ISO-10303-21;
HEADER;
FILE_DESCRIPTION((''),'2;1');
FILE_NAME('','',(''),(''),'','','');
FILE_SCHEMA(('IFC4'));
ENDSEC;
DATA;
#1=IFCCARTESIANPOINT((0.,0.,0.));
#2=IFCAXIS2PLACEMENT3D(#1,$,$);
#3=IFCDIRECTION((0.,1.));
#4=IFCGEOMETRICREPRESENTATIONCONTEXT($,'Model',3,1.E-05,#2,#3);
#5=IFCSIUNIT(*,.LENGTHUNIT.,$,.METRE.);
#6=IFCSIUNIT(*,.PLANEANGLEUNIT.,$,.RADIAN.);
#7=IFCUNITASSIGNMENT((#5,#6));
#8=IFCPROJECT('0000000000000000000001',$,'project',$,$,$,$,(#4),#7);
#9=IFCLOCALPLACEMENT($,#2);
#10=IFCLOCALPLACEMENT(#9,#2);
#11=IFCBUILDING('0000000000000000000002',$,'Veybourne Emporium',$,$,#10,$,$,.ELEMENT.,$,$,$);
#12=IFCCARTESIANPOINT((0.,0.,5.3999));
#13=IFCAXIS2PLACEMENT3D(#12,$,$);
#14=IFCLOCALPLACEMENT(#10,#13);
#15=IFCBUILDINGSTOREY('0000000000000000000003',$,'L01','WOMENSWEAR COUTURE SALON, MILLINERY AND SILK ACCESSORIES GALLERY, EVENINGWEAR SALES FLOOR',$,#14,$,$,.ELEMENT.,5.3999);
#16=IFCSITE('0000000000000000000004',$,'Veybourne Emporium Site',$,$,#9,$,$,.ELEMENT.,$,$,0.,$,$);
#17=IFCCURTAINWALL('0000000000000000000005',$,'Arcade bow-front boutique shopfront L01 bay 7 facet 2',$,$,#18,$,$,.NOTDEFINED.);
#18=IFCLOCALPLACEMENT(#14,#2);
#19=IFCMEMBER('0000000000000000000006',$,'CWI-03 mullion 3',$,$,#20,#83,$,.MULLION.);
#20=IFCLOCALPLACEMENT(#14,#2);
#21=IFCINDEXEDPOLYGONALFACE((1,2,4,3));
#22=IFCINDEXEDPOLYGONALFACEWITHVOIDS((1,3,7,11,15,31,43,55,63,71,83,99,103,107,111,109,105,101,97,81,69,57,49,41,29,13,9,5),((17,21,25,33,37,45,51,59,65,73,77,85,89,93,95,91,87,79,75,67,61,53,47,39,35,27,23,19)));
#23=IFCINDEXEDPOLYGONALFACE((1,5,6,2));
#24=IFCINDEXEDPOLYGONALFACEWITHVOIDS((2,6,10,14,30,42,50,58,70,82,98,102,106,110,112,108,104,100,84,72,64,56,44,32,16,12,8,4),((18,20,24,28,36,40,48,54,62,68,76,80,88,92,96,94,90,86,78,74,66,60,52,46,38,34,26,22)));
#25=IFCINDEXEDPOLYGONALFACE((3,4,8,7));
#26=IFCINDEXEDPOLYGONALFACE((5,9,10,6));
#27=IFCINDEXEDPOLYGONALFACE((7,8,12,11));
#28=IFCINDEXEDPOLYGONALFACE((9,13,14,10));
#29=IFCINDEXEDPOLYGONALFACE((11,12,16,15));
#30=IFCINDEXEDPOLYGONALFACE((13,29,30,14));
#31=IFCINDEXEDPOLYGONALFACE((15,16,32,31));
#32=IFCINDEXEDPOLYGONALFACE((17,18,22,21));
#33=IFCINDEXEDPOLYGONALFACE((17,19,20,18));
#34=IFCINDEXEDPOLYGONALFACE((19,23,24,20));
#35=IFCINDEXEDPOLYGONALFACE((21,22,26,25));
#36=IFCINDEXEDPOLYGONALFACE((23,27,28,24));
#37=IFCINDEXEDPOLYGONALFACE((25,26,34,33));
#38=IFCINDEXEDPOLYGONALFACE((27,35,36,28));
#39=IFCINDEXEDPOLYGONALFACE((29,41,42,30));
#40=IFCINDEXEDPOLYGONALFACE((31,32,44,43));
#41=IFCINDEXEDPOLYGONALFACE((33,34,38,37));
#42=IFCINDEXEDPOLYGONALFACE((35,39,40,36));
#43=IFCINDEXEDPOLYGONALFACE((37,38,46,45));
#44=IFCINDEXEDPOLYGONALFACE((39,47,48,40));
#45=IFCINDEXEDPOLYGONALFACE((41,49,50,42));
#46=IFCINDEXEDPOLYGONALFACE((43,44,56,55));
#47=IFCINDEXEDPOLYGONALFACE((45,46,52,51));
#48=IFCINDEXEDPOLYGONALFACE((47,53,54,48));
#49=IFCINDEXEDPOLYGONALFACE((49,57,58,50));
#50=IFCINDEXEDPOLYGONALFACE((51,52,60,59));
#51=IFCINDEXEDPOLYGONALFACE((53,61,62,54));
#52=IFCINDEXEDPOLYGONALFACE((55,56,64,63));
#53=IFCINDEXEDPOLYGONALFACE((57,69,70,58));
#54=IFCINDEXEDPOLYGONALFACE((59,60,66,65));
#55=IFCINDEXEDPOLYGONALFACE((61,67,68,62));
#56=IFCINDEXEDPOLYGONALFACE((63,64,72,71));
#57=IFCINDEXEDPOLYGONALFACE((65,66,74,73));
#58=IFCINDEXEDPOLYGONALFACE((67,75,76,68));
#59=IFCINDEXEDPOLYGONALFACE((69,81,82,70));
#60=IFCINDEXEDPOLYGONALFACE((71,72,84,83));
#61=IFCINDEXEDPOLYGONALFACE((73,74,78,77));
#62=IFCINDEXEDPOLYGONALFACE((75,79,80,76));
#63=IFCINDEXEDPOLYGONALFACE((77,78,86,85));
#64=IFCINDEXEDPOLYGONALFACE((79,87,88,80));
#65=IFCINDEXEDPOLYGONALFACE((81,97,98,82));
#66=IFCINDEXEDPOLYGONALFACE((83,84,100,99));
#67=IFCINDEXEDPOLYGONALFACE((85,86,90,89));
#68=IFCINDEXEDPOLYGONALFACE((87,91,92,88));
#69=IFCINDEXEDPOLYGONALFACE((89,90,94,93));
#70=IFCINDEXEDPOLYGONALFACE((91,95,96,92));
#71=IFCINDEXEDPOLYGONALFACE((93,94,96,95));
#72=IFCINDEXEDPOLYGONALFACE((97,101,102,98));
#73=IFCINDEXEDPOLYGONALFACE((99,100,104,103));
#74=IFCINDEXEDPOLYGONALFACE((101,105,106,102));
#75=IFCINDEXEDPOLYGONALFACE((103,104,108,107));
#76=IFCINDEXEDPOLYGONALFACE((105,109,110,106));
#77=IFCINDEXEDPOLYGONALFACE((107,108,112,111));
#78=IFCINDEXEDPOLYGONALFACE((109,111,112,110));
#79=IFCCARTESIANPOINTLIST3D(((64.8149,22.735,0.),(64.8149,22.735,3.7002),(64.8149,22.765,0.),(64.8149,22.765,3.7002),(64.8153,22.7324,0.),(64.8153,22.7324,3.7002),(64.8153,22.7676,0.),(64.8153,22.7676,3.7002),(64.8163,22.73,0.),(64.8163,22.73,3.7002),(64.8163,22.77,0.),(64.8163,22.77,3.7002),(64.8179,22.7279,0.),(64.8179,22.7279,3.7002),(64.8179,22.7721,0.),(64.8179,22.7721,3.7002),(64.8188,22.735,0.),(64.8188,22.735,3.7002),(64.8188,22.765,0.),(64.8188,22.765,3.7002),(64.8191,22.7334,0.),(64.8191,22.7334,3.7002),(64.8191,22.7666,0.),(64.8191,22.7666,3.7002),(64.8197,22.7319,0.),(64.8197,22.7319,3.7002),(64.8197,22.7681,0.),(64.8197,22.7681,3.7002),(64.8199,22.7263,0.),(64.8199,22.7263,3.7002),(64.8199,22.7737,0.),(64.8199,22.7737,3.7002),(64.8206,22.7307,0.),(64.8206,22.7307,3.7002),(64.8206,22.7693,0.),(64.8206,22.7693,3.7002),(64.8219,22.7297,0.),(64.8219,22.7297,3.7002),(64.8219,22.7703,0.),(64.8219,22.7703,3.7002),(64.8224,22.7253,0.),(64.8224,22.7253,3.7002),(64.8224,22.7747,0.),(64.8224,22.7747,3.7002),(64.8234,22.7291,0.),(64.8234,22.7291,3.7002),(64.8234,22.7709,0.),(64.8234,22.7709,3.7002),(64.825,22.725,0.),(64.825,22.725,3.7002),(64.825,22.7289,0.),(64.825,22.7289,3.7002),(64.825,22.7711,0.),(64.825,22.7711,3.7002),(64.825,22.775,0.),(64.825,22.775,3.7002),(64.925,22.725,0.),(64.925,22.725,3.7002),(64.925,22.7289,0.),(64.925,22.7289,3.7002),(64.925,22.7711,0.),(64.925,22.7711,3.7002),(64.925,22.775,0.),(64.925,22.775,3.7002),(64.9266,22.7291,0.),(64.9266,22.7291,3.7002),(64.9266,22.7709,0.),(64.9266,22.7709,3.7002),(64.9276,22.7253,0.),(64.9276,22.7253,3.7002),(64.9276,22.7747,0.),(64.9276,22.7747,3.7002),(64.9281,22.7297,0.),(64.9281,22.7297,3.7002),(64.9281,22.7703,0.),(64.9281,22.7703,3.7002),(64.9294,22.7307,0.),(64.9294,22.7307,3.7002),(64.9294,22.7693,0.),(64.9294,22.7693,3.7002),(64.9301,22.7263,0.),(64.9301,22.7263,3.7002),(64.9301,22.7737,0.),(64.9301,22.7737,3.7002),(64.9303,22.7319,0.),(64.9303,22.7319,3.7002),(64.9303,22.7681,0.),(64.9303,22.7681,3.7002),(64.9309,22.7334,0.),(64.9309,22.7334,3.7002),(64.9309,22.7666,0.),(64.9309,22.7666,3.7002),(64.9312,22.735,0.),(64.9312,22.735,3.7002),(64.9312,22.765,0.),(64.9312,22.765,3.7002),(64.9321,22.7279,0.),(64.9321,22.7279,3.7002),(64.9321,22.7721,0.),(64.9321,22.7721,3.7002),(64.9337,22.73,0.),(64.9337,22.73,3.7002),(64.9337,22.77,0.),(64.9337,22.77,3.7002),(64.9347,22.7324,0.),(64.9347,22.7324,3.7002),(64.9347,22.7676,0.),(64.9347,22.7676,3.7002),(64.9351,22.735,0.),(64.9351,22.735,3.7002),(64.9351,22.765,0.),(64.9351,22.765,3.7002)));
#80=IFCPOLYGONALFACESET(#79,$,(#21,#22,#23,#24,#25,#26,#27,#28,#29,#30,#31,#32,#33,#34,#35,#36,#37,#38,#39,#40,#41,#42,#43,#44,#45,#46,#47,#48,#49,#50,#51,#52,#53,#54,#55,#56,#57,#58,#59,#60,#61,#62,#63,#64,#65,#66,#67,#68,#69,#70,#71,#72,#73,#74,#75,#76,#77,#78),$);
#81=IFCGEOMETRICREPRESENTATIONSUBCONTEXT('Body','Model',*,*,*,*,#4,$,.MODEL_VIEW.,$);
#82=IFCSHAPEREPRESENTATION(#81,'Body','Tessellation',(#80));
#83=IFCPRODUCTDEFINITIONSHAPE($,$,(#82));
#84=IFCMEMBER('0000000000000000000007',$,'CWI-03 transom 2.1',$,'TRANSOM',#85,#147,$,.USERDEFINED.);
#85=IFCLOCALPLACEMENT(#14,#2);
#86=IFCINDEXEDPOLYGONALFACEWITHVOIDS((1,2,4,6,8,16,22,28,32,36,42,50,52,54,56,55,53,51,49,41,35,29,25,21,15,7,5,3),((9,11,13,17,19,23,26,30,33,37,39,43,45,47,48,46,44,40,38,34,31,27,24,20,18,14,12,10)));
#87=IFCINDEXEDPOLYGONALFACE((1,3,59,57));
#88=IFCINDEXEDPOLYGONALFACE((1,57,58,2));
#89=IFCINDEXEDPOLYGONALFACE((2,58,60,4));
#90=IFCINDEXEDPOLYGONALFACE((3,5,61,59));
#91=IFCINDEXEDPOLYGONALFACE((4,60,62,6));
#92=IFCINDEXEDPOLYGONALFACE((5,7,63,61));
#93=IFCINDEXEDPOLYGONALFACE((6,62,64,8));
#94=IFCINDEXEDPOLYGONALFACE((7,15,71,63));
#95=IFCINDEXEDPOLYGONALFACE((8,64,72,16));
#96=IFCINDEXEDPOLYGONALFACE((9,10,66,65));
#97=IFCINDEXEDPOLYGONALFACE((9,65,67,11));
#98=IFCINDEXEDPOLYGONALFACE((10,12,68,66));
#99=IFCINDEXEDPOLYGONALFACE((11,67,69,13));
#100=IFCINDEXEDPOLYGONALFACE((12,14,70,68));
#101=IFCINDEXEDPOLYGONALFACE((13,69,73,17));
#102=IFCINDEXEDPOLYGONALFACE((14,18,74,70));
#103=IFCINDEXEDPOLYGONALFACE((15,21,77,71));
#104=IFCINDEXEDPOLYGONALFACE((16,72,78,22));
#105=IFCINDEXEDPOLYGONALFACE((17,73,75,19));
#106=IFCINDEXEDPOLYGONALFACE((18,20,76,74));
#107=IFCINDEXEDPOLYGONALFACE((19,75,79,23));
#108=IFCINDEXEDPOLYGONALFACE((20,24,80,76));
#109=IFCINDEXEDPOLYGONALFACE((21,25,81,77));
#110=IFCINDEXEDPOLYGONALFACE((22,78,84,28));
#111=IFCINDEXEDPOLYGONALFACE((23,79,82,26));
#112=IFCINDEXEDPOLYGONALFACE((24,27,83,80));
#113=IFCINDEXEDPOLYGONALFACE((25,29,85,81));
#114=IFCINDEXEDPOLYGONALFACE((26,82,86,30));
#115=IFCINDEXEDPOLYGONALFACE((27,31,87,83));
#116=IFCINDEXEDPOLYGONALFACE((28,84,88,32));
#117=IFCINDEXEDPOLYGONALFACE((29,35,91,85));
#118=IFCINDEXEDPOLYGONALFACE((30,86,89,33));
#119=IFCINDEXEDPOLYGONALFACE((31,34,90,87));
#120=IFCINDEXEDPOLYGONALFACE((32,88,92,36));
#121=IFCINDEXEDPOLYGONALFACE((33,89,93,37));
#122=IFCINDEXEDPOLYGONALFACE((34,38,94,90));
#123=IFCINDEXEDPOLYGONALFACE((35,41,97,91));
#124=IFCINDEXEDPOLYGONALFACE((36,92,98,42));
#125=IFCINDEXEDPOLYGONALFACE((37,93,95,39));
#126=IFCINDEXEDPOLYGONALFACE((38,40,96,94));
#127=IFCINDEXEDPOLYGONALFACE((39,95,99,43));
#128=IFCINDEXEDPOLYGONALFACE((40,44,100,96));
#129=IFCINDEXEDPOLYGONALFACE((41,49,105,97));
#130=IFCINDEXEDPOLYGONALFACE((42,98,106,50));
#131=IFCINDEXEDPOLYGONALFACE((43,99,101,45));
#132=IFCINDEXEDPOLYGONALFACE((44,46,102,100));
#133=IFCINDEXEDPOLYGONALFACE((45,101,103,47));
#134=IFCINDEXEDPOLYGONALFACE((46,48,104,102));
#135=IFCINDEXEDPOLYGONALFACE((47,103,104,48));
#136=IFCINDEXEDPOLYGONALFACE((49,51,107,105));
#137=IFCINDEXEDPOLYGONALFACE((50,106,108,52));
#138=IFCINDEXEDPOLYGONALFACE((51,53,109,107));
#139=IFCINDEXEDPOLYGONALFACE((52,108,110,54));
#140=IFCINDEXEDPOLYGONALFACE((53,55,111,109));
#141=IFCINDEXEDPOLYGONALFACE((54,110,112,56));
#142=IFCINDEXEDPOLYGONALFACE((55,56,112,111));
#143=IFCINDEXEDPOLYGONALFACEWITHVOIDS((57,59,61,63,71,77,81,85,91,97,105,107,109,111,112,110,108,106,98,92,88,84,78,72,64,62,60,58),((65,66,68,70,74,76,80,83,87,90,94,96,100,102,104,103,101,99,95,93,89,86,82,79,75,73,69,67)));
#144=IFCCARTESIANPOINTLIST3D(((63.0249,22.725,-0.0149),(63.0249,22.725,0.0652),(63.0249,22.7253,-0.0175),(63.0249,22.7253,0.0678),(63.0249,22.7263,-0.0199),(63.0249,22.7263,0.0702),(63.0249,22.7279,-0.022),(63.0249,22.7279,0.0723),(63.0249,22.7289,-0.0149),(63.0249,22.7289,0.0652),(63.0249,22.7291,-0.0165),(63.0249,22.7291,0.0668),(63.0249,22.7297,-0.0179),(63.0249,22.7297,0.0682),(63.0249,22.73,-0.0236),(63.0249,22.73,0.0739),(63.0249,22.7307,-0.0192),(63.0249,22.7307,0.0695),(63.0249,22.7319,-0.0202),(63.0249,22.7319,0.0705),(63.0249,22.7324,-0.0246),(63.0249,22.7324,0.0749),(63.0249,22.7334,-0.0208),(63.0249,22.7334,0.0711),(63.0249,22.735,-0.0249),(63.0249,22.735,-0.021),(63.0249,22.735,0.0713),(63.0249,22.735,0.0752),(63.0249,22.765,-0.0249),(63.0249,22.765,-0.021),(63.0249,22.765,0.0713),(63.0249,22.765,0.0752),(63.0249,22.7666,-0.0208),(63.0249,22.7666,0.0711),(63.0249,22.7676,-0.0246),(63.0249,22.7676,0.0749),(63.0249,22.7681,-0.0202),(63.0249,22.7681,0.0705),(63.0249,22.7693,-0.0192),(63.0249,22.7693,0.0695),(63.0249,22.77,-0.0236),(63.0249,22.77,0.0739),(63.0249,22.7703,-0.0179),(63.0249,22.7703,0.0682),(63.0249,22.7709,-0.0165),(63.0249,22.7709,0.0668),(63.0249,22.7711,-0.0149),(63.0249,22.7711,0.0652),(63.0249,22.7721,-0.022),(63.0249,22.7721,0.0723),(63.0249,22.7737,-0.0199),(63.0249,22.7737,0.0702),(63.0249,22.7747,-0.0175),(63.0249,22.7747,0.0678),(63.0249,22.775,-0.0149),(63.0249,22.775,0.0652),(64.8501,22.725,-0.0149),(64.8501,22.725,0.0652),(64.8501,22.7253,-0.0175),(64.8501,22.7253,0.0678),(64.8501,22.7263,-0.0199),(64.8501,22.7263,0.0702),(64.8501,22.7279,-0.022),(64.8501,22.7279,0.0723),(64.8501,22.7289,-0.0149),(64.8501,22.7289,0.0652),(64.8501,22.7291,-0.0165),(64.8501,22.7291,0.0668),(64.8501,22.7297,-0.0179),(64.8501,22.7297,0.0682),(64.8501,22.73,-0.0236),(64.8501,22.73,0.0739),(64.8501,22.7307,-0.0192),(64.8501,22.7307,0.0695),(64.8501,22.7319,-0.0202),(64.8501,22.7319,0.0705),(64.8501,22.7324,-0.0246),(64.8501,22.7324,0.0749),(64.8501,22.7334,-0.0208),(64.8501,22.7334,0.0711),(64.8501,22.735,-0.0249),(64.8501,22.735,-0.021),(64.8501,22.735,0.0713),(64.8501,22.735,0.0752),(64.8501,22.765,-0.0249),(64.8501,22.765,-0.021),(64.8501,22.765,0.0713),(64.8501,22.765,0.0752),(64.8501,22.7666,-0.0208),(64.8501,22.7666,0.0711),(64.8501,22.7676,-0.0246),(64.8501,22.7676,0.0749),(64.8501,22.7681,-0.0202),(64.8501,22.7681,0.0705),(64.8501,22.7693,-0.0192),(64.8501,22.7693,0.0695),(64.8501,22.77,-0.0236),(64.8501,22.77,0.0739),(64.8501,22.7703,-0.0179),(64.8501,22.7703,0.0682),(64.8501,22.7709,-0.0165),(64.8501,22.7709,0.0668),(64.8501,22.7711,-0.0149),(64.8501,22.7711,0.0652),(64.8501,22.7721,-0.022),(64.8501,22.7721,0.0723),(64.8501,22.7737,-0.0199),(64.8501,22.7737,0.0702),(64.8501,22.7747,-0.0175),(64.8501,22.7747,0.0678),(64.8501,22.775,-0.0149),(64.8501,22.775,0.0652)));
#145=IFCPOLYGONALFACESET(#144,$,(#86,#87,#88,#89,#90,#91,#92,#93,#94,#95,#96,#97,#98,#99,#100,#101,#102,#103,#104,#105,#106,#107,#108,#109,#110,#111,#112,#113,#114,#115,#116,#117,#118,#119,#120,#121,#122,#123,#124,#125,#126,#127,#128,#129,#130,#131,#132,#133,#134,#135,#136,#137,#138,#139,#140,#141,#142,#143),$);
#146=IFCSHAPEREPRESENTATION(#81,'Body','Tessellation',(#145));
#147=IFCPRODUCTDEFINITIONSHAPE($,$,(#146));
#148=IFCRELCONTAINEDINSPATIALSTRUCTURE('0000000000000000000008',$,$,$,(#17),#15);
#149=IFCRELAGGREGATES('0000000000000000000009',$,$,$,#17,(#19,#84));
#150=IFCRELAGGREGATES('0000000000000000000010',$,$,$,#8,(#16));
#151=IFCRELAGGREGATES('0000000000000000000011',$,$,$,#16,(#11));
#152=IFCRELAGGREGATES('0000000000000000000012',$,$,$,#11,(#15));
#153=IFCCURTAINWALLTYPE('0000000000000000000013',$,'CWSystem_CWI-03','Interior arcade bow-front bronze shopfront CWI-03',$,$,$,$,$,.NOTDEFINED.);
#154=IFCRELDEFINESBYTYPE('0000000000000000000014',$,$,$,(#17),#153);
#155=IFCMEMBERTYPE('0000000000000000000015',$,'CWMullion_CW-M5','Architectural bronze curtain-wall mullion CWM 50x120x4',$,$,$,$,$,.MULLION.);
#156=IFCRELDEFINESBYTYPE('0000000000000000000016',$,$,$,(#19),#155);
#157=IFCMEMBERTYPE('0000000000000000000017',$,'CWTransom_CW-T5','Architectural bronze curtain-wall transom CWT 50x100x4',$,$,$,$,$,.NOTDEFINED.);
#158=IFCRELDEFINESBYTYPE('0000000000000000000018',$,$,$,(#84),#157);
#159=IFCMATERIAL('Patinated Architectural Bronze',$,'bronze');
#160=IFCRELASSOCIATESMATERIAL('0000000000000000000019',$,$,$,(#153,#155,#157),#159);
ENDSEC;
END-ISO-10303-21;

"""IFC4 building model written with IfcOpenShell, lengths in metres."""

from ifc_helpers import new_model, si_unit, direction, frame, origin, origin_2d, place, context, subcontext, project, spatial, hollow_rectangle, extrude, material, material_profile, profile_set, type_object, element, aggregate, save


model = new_model("IFC4")

# Units and contexts
model_context = context("Model", 3, precision=1e-05, world=origin(), true_north=direction((0.0, 1.0)))
body_context = subcontext(model_context, "Body", "Model", "MODEL_VIEW")
ifc_project = project(units=[si_unit("LENGTHUNIT", "METRE"), si_unit("PLANEANGLEUNIT", "RADIAN")], contexts=[model_context])

# Site, building, storey
site_placement = place(None, origin())
site = spatial("IfcSite", under=ifc_project, at=site_placement, Name="Veybourne Emporium Site", CompositionType="ELEMENT", RefElevation=0.0)
building_placement = place(site_placement, origin())
building = spatial("IfcBuilding", under=site, at=building_placement, Name="Veybourne Emporium", CompositionType="ELEMENT")
storey_placement = place(building_placement, frame((0.0, 0.0, 5.3999)))
storey = spatial("IfcBuildingStorey", under=building, at=storey_placement, Name="L01", Description="WOMENSWEAR COUTURE SALON, MILLINERY AND SILK ACCESSORIES GALLERY, EVENINGWEAR SALES FLOOR", CompositionType="ELEMENT", Elevation=5.3999)

# Curtain wall, members
ifc_material_1 = material(Name="Patinated Architectural Bronze", Category="bronze")
curtain_wall_type = type_object("IfcCurtainWallType", Name="CWSystem_CWI-03", Description="Interior arcade bow-front bronze shopfront CWI-03", PredefinedType="NOTDEFINED", material=ifc_material_1)
curtain_wall_placement = place(storey_placement, origin())
curtain_wall = element("IfcCurtainWall", 1, at=curtain_wall_placement, inside=storey, type_object=curtain_wall_type, Name="Arcade bow-front boutique shopfront L01 bay 7 facet 2", PredefinedType="NOTDEFINED")
ifc_material_profile_1 = material_profile(ifc_material_1, hollow_rectangle(XDim=0.05, YDim=0.1201, WallThickness=0.0039, InnerFilletRadius=0.0061, OuterFilletRadius=0.01, at=origin_2d()), Name="CWM 50x120x4")
ifc_profile_set_1 = profile_set([ifc_material_profile_1], Name="Patinated Architectural Bronze")
member_type_1 = type_object("IfcMemberType", Name="CWMullion_CW-M5", Description="Architectural bronze curtain-wall mullion CWM 50x120x4", PredefinedType="MULLION", material=ifc_profile_set_1)
member_1_placement = place(storey_placement, frame((64.875, 22.75, 0.0), z_axis=(0.0, 0.0, 1.0), x_axis=(0.0, 1.0, 0.0)))
member_1 = element("IfcMember", 2, at=member_1_placement, type_object=member_type_1, Name="CWI-03 mullion 3", PredefinedType="MULLION", context=body_context, shape_type="SweptSolid", body=[
    extrude(hollow_rectangle(XDim=0.05, YDim=0.1201, WallThickness=0.0039, InnerFilletRadius=0.0061, OuterFilletRadius=0.01, at=origin_2d()), origin(), (0.0, 0.0, 1.0), 3.7002),
])
ifc_material_profile_2 = material_profile(ifc_material_1, hollow_rectangle(XDim=0.05, YDim=0.1001, WallThickness=0.0039, InnerFilletRadius=0.0061, OuterFilletRadius=0.01, at=origin_2d()), Name="CWT 50x100x4")
ifc_profile_set_2 = profile_set([ifc_material_profile_2], Name="Patinated Architectural Bronze")
member_type_2 = type_object("IfcMemberType", Name="CWTransom_CW-T5", Description="Architectural bronze curtain-wall transom CWT 50x100x4", PredefinedType="NOTDEFINED", material=ifc_profile_set_2)
member_2_placement = place(storey_placement, frame((63.0249, 22.75, 0.0251), z_axis=(1.0, 0.0, 0.0), x_axis=(0.0, 1.0, 0.0)))
member_2 = element("IfcMember", 3, at=member_2_placement, type_object=member_type_2, Name="CWI-03 transom 2.1", ObjectType="TRANSOM", PredefinedType="USERDEFINED", context=body_context, shape_type="SweptSolid", body=[
    extrude(hollow_rectangle(XDim=0.05, YDim=0.1001, WallThickness=0.0039, InnerFilletRadius=0.0061, OuterFilletRadius=0.01, at=origin_2d()), origin(), (0.0, 0.0, 1.0), 1.8252),
])

aggregate(curtain_wall, [member_1, member_2])

save(model, "model.ifc")
